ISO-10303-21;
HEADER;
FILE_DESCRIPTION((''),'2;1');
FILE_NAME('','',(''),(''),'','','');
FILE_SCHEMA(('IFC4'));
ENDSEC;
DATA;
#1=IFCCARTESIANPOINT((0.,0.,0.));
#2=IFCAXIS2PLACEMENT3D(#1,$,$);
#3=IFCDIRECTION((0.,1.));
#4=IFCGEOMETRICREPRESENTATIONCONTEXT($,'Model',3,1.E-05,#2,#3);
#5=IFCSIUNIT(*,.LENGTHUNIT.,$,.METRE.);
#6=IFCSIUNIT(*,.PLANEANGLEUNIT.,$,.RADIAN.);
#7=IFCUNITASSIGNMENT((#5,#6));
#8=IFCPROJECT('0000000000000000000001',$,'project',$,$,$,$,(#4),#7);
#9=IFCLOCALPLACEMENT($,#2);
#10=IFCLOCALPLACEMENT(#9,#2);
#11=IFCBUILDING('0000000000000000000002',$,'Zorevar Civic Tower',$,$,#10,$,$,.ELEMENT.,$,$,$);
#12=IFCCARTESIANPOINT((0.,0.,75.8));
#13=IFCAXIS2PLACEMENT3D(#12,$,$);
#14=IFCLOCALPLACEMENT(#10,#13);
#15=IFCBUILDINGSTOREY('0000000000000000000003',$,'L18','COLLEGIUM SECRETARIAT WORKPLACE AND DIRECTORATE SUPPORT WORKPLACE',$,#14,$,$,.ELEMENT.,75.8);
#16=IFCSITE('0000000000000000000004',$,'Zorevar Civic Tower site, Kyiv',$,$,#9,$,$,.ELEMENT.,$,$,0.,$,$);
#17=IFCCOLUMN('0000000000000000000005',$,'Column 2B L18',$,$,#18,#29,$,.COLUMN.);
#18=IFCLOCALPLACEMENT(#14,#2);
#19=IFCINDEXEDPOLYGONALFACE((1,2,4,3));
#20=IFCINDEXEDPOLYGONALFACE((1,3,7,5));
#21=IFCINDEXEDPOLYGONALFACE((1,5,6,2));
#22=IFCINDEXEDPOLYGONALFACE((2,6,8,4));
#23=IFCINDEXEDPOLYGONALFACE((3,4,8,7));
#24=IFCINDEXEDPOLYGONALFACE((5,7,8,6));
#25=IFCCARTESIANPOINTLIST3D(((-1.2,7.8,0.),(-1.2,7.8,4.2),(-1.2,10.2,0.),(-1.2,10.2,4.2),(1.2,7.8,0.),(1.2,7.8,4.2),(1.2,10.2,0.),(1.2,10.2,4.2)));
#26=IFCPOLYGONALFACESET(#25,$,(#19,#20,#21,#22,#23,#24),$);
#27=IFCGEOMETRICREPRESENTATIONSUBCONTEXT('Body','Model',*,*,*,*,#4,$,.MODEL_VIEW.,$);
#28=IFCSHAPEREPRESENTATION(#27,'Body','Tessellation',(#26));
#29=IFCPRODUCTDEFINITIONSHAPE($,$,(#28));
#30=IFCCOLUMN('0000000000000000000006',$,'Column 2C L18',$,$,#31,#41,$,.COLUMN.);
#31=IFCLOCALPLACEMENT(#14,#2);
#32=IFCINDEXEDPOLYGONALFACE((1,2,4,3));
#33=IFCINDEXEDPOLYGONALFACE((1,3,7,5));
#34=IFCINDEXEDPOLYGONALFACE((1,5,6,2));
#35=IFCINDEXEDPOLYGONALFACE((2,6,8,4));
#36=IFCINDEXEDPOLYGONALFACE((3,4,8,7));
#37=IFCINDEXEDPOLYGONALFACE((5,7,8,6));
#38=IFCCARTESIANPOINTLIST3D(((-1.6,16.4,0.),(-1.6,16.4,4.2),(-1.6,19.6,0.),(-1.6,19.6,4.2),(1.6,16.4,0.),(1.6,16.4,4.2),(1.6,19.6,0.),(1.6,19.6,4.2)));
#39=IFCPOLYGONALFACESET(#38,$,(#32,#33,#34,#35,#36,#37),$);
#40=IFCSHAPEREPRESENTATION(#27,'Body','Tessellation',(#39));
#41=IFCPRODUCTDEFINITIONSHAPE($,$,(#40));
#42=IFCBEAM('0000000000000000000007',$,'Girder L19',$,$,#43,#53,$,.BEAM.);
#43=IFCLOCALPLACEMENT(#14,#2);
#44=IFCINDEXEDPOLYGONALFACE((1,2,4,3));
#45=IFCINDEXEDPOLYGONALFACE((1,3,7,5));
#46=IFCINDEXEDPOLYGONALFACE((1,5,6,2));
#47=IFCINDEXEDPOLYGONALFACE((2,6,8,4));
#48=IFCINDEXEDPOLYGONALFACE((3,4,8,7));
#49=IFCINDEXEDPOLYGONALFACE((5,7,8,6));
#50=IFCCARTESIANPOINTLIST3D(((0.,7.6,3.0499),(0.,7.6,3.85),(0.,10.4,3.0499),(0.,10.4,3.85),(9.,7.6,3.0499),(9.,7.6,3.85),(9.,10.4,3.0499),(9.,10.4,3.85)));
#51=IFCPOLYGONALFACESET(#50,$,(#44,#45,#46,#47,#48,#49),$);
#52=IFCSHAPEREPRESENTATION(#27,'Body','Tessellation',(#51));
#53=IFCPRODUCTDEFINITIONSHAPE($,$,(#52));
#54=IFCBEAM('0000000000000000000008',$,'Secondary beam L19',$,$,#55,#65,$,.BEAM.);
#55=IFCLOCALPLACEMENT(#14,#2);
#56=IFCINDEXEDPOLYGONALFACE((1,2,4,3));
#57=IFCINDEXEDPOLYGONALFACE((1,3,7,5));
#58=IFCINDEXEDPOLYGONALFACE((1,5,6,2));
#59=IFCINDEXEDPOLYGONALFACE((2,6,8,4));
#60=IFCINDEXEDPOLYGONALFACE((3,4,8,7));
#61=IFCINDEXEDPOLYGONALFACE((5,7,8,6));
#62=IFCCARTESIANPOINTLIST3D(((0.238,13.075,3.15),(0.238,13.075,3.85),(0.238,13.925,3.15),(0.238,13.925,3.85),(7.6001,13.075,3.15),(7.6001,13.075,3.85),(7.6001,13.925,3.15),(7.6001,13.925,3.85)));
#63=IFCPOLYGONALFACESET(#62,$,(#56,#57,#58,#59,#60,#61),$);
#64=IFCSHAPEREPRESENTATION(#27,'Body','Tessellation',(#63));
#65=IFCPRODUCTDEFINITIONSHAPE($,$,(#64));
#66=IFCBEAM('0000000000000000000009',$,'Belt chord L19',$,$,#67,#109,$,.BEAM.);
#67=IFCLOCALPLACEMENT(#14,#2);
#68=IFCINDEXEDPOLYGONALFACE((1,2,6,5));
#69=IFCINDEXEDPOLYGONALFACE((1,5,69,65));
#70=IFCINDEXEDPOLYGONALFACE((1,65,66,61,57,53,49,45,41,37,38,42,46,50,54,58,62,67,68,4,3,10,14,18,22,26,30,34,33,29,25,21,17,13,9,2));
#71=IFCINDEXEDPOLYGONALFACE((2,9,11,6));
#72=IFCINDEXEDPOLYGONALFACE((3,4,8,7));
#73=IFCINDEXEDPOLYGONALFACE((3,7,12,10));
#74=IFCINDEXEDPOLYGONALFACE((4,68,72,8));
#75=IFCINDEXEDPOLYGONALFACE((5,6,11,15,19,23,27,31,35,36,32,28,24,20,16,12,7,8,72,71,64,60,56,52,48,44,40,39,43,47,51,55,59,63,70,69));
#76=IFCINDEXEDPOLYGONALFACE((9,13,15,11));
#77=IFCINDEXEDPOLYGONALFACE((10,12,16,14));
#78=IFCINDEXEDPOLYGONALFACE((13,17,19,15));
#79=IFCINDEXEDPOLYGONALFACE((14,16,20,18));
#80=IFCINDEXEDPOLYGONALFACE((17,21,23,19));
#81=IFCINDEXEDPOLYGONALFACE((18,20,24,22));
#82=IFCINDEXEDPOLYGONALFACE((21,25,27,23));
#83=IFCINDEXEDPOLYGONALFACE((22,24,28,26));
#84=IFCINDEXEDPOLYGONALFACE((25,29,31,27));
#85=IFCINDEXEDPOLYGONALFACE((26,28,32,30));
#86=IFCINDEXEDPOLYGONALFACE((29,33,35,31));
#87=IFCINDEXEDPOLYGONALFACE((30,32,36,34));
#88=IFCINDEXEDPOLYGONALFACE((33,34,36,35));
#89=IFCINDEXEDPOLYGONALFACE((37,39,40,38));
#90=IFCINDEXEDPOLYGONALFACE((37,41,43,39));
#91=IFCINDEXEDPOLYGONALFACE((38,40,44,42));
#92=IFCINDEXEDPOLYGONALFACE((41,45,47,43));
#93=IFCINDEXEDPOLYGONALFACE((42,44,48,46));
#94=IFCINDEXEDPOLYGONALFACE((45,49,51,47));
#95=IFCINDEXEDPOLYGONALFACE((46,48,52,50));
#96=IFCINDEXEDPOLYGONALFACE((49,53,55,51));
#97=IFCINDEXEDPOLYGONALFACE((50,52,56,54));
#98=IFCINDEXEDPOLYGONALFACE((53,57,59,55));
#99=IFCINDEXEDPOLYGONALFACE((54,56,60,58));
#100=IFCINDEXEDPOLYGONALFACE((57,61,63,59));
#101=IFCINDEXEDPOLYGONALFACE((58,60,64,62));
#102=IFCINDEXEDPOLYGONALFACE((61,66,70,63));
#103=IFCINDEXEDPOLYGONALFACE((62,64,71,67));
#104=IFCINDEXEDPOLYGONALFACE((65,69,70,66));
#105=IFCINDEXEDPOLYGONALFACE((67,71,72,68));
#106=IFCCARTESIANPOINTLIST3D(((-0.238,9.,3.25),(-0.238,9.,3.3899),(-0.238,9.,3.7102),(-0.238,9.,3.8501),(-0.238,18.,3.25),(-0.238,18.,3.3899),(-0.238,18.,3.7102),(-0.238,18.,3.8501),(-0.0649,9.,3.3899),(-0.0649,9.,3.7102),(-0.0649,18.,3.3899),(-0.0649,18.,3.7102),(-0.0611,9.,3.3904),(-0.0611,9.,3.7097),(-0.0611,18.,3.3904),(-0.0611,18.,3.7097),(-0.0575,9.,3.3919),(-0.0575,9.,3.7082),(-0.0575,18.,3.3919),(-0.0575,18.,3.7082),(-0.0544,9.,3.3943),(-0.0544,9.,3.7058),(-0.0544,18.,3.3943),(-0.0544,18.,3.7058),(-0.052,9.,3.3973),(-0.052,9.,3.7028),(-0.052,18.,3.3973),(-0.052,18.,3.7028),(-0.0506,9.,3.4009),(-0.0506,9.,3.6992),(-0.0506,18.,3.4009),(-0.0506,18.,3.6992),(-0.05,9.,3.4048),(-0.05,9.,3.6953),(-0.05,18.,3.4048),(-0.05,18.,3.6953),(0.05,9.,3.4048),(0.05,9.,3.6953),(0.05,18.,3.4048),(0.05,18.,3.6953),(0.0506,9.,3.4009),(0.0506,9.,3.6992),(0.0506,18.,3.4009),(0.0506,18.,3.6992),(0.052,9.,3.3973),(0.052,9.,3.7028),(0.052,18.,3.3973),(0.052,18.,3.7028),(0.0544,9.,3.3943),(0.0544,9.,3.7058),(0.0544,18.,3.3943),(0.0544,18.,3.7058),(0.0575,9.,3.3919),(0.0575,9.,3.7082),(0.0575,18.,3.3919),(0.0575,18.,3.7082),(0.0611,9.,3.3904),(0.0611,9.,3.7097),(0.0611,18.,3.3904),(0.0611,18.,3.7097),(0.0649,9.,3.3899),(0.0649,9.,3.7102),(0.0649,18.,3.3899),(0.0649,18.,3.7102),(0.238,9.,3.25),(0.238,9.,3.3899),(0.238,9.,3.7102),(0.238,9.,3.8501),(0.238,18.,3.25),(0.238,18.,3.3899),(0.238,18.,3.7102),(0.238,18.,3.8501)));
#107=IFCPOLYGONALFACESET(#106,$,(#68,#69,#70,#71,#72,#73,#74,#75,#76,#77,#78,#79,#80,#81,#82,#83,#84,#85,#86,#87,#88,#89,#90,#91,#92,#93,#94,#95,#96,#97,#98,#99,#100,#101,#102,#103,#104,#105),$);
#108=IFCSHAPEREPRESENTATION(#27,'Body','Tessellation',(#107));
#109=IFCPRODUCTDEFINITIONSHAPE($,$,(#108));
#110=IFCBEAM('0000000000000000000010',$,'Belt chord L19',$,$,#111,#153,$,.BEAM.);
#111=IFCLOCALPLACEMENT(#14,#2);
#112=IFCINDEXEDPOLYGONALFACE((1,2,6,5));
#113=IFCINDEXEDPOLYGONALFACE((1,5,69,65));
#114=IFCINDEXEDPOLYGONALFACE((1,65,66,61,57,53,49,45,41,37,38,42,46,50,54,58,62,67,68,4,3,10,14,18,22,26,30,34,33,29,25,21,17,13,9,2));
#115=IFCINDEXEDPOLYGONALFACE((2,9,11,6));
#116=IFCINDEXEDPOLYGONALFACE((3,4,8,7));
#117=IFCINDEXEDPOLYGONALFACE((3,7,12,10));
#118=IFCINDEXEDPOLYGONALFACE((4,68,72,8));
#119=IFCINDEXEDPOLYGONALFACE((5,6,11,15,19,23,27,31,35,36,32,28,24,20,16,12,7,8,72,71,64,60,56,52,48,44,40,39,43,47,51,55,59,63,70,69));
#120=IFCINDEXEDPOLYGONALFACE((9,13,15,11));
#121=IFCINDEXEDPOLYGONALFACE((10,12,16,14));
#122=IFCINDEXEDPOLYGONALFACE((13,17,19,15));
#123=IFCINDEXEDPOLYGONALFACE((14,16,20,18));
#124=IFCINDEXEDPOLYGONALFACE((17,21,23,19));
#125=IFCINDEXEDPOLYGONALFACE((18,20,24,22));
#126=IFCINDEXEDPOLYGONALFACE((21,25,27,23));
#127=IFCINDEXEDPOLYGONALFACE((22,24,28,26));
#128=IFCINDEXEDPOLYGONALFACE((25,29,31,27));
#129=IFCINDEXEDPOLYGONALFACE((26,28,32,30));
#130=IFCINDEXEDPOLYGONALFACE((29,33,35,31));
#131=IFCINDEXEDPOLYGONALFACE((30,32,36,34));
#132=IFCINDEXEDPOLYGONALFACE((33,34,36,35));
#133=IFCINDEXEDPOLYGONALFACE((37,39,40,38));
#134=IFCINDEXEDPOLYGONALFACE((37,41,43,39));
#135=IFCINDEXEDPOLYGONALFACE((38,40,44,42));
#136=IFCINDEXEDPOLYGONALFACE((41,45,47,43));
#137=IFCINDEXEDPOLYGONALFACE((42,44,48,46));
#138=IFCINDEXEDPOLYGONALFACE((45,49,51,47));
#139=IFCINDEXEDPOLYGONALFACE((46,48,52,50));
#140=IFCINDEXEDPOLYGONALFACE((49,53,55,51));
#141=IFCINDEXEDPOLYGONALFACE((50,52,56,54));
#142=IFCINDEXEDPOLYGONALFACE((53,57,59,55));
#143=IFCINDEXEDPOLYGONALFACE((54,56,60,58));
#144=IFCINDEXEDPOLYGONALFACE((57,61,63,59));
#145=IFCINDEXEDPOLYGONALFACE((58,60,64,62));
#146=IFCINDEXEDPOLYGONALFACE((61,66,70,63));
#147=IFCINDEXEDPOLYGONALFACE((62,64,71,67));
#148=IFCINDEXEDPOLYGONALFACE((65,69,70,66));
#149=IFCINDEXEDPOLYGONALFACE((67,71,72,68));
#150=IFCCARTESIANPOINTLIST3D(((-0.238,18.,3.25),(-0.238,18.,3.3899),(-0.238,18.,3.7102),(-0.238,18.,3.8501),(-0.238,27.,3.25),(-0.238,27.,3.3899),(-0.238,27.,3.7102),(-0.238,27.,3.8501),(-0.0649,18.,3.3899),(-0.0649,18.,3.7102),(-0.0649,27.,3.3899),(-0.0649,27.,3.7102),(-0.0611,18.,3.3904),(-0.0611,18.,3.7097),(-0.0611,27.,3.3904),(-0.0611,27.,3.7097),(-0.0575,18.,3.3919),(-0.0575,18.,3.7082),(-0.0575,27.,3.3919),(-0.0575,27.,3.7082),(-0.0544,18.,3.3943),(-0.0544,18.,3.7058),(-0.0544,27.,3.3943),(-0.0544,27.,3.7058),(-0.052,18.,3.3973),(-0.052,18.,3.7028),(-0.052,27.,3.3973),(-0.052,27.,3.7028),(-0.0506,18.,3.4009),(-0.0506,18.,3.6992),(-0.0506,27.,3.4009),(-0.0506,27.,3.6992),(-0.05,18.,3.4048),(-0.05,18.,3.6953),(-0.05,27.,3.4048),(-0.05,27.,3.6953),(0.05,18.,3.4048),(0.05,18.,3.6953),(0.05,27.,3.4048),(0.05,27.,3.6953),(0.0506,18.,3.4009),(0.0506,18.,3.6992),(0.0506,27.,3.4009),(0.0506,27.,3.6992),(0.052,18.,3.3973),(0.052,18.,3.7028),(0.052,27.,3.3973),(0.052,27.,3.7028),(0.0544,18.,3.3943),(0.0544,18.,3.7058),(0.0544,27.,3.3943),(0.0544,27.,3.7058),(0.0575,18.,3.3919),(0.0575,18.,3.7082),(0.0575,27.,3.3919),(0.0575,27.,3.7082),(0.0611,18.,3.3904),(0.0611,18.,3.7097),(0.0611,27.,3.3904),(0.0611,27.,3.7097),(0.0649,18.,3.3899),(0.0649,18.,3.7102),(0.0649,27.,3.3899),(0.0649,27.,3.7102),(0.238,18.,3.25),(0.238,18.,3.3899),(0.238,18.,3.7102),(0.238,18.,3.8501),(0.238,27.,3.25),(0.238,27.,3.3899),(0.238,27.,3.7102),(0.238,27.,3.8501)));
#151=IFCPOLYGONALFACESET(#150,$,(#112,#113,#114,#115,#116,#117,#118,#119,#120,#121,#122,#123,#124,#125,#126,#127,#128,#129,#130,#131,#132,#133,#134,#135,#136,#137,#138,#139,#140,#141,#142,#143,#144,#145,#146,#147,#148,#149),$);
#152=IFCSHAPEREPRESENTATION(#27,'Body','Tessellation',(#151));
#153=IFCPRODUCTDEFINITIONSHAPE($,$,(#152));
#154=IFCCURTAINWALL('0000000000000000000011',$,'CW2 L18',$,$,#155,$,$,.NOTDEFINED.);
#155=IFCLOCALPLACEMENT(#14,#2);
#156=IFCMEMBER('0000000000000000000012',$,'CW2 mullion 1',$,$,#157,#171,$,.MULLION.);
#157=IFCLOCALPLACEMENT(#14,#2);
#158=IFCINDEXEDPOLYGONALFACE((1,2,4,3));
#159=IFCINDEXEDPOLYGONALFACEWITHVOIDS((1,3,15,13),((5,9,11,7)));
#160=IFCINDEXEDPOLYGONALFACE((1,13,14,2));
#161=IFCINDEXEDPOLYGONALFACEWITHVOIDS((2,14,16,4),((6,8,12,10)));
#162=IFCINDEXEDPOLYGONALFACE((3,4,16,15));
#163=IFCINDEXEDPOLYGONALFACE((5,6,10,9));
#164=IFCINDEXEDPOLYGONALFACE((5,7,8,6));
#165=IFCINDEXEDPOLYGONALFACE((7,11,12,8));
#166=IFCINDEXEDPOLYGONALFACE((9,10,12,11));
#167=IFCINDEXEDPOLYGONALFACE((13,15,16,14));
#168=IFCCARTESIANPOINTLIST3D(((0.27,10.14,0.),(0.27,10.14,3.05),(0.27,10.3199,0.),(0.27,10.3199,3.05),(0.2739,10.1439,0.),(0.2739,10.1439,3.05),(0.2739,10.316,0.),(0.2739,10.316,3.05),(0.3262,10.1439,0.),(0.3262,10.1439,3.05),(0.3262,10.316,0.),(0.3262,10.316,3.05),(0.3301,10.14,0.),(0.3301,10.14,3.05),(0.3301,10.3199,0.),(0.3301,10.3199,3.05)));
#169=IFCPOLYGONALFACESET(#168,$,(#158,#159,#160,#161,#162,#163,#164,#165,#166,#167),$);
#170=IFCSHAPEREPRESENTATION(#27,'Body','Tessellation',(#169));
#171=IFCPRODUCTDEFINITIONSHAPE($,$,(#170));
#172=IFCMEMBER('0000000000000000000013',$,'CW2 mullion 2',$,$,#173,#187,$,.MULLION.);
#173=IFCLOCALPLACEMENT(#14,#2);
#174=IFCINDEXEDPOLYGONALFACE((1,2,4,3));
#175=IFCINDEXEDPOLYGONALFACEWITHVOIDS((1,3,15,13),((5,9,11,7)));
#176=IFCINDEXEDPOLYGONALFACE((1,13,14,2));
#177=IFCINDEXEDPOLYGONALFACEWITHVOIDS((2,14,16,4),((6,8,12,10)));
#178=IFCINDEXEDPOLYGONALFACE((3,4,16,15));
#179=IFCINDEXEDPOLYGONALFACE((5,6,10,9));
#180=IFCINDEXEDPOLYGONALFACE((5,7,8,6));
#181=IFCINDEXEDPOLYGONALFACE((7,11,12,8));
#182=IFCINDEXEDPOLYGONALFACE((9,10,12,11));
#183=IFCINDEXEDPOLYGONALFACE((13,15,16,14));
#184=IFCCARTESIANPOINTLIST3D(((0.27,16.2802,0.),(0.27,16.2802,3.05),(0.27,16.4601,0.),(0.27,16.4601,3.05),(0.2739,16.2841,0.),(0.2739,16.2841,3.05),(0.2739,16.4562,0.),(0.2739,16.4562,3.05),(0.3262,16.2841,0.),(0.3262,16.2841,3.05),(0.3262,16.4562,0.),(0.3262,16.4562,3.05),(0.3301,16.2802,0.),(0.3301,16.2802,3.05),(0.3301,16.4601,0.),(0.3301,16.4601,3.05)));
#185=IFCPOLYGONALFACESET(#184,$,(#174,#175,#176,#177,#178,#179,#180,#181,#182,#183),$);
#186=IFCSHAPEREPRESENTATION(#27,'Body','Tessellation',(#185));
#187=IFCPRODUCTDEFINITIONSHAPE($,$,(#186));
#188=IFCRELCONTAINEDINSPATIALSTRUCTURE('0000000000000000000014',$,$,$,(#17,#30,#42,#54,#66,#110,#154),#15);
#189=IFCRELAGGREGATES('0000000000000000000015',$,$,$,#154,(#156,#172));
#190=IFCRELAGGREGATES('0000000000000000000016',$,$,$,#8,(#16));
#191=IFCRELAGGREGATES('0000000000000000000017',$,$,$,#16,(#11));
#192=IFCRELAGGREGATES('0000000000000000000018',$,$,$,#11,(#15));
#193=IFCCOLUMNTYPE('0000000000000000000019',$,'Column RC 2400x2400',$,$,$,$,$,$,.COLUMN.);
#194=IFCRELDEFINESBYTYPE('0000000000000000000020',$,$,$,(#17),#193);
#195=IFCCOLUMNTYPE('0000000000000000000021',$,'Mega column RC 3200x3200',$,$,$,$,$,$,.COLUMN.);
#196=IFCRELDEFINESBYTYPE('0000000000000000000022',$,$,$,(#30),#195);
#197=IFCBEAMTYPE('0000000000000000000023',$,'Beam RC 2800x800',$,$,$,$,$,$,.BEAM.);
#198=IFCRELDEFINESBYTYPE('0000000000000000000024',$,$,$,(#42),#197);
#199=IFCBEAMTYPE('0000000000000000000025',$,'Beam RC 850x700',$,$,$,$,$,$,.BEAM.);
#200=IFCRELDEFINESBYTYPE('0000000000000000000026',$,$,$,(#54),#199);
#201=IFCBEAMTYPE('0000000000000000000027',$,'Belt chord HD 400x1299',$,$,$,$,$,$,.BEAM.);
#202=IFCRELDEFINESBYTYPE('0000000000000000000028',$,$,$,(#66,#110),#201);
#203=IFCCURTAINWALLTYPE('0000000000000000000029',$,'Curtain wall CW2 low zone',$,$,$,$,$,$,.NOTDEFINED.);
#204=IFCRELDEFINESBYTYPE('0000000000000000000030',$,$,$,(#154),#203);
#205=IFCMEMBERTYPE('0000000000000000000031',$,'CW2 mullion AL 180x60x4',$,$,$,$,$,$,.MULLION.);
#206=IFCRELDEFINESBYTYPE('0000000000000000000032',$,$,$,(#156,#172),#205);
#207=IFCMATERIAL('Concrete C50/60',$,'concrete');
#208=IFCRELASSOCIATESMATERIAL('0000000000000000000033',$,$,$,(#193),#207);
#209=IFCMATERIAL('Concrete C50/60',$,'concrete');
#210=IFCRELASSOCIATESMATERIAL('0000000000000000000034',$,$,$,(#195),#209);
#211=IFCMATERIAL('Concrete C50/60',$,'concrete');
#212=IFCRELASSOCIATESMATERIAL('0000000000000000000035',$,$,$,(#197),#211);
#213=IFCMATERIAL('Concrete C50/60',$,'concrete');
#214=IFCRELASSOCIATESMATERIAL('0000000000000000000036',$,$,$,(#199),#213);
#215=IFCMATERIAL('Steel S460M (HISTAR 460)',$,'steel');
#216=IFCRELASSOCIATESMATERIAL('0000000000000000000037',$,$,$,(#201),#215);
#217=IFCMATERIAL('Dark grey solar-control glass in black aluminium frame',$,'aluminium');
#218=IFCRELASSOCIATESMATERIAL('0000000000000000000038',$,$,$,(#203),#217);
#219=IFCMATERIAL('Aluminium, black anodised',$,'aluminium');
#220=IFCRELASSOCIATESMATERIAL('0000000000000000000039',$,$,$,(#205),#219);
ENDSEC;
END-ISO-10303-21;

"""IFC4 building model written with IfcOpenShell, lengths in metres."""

from ifc_helpers import new_model, si_unit, direction, frame, origin, origin_2d, place, context, subcontext, project, spatial, rectangle, hollow_rectangle, i_section, extrude, material, material_profile, profile_set, type_object, element, aggregate, save


model = new_model("IFC4")

# Units and contexts
model_context = context("Model", 3, precision=1e-05, world=origin(), true_north=direction((0.0, 1.0)))
body_context = subcontext(model_context, "Body", "Model", "MODEL_VIEW")
ifc_project = project(units=[si_unit("LENGTHUNIT", "METRE"), si_unit("PLANEANGLEUNIT", "RADIAN")], contexts=[model_context])

# Site, building, storey
site_placement = place(None, origin())
site = spatial("IfcSite", under=ifc_project, at=site_placement, Name="Zorevar Civic Tower site, Kyiv", CompositionType="ELEMENT", RefElevation=0.0)
building_placement = place(site_placement, origin())
building = spatial("IfcBuilding", under=site, at=building_placement, Name="Zorevar Civic Tower", CompositionType="ELEMENT")
storey_placement = place(building_placement, frame((0.0, 0.0, 75.8)))
storey = spatial("IfcBuildingStorey", under=building, at=storey_placement, Name="L18", Description="COLLEGIUM SECRETARIAT WORKPLACE AND DIRECTORATE SUPPORT WORKPLACE", CompositionType="ELEMENT", Elevation=75.8)

# Columns
ifc_material_1 = material(Name="Concrete C50/60", Category="concrete")
ifc_material_profile_1 = material_profile(ifc_material_1, rectangle(XDim=2.3999, YDim=2.3999, at=origin_2d()), Name="RC 2400x2400")
ifc_profile_set_1 = profile_set([ifc_material_profile_1], Name="Concrete C50/60")
column_type_1 = type_object("IfcColumnType", Name="Column RC 2400x2400", PredefinedType="COLUMN", material=ifc_profile_set_1)
column_1_placement = place(storey_placement, frame((0.0, 9.0, 0.0), z_axis=(0.0, 0.0, 1.0), x_axis=(1.0, 0.0, 0.0)))
element("IfcColumn", 1, at=column_1_placement, inside=storey, type_object=column_type_1, Name="Column 2B L18", PredefinedType="COLUMN", context=body_context, shape_type="SweptSolid", body=[
    extrude(rectangle(XDim=2.3999, YDim=2.3999, at=origin_2d()), origin(), (0.0, 0.0, 1.0), 4.2),
])
ifc_material_2 = material(Name="Concrete C50/60", Category="concrete")
ifc_material_profile_2 = material_profile(ifc_material_2, rectangle(XDim=3.2, YDim=3.2, at=origin_2d()), Name="RC 3200x3200")
ifc_profile_set_2 = profile_set([ifc_material_profile_2], Name="Concrete C50/60")
column_type_2 = type_object("IfcColumnType", Name="Mega column RC 3200x3200", PredefinedType="COLUMN", material=ifc_profile_set_2)
column_2_placement = place(storey_placement, frame((0.0, 18.0, 0.0), z_axis=(0.0, 0.0, 1.0), x_axis=(1.0, 0.0, 0.0)))
element("IfcColumn", 2, at=column_2_placement, inside=storey, type_object=column_type_2, Name="Column 2C L18", PredefinedType="COLUMN", context=body_context, shape_type="SweptSolid", body=[
    extrude(rectangle(XDim=3.2, YDim=3.2, at=origin_2d()), origin(), (0.0, 0.0, 1.0), 4.2),
])

# Beams
ifc_material_3 = material(Name="Concrete C50/60", Category="concrete")
ifc_material_profile_3 = material_profile(ifc_material_3, rectangle(XDim=2.8, YDim=0.8, at=origin_2d()), Name="RC 2800x800")
ifc_profile_set_3 = profile_set([ifc_material_profile_3], Name="Concrete C50/60")
beam_type_1 = type_object("IfcBeamType", Name="Beam RC 2800x800", PredefinedType="BEAM", material=ifc_profile_set_3)
beam_1_placement = place(storey_placement, frame((0.0, 9.0, 3.45), z_axis=(1.0, 0.0, 0.0), x_axis=(0.0, 1.0, 0.0)))
element("IfcBeam", 3, at=beam_1_placement, inside=storey, type_object=beam_type_1, Name="Girder L19", PredefinedType="BEAM", context=body_context, shape_type="SweptSolid", body=[
    extrude(rectangle(XDim=2.8, YDim=0.8, at=origin_2d()), origin(), (0.0, 0.0, 1.0), 9.0),
])
ifc_material_4 = material(Name="Concrete C50/60", Category="concrete")
ifc_material_profile_4 = material_profile(ifc_material_4, rectangle(XDim=0.8501, YDim=0.7, at=origin_2d()), Name="RC 850x700")
ifc_profile_set_4 = profile_set([ifc_material_profile_4], Name="Concrete C50/60")
beam_type_2 = type_object("IfcBeamType", Name="Beam RC 850x700", PredefinedType="BEAM", material=ifc_profile_set_4)
beam_2_placement = place(storey_placement, frame((0.238, 13.5, 3.5), z_axis=(1.0, 0.0, 0.0), x_axis=(0.0, 1.0, 0.0)))
element("IfcBeam", 4, at=beam_2_placement, inside=storey, type_object=beam_type_2, Name="Secondary beam L19", PredefinedType="BEAM", context=body_context, shape_type="SweptSolid", body=[
    extrude(rectangle(XDim=0.8501, YDim=0.7, at=origin_2d()), origin(), (0.0, 0.0, 1.0), 7.3621),
])
ifc_material_5 = material(Name="Steel S460M (HISTAR 460)", Category="steel")
ifc_material_profile_5 = material_profile(ifc_material_5, i_section(OverallWidth=0.4761, OverallDepth=0.6001, WebThickness=0.1001, FlangeThickness=0.1399, FilletRadius=0.0149, at=origin_2d()), Name="HD 400x1299")
ifc_profile_set_5 = profile_set([ifc_material_profile_5], Name="Steel S460M (HISTAR 460)")
beam_type_3 = type_object("IfcBeamType", Name="Belt chord HD 400x1299", PredefinedType="BEAM", material=ifc_profile_set_5)
for number, where, z_axis, x_axis, name in (
    (5, (0.0, 9.0, 3.55), (0.0, 1.0, 0.0), (-1.0, 0.0, 0.0), "Belt chord L19"),
    (6, (0.0, 18.0, 3.55), (0.0, 1.0, 0.0), (-1.0, 0.0, 0.0), "Belt chord L19"),
):
    element("IfcBeam", number, at=place(storey_placement, frame(where, z_axis=z_axis, x_axis=x_axis)), inside=storey, type_object=beam_type_3, Name=name, PredefinedType="BEAM", context=body_context, shape_type="SweptSolid", body=[
        extrude(i_section(OverallWidth=0.4761, OverallDepth=0.6001, WebThickness=0.1001, FlangeThickness=0.1399, FilletRadius=0.0149, at=origin_2d()), origin(), (0.0, 0.0, 1.0), 9.0),
    ])

# Curtain wall, members
ifc_material_6 = material(Name="Dark grey solar-control glass in black aluminium frame", Category="aluminium")
curtain_wall_type = type_object("IfcCurtainWallType", Name="Curtain wall CW2 low zone", PredefinedType="NOTDEFINED", material=ifc_material_6)
curtain_wall_placement = place(storey_placement, origin())
curtain_wall = element("IfcCurtainWall", 7, at=curtain_wall_placement, inside=storey, type_object=curtain_wall_type, Name="CW2 L18", PredefinedType="NOTDEFINED")
ifc_material_7 = material(Name="Aluminium, black anodised", Category="aluminium")
ifc_material_profile_6 = material_profile(ifc_material_7, hollow_rectangle(XDim=0.0601, YDim=0.1799, WallThickness=0.0039, at=origin_2d()), Name="AL 180x60x4")
ifc_profile_set_6 = profile_set([ifc_material_profile_6], Name="Aluminium, black anodised")
member_type_1 = type_object("IfcMemberType", Name="CW2 mullion AL 180x60x4", PredefinedType="MULLION", material=ifc_profile_set_6)
member_1_placement = place(storey_placement, frame((0.3, 10.23, 0.0), z_axis=(0.0, 0.0, 1.0), x_axis=(-1.0, 0.0, 0.0)))
member_1 = element("IfcMember", 8, at=member_1_placement, type_object=member_type_1, Name="CW2 mullion 1", PredefinedType="MULLION", context=body_context, shape_type="SweptSolid", body=[
    extrude(hollow_rectangle(XDim=0.0601, YDim=0.1799, WallThickness=0.0039, at=origin_2d()), origin(), (0.0, 0.0, 1.0), 3.05),
])
member_2_placement = place(storey_placement, frame((0.3, 16.3701, 0.0), z_axis=(0.0, 0.0, 1.0), x_axis=(-1.0, 0.0, 0.0)))
member_2 = element("IfcMember", 9, at=member_2_placement, type_object=member_type_1, Name="CW2 mullion 2", PredefinedType="MULLION", context=body_context, shape_type="SweptSolid", body=[
    extrude(hollow_rectangle(XDim=0.0601, YDim=0.1799, WallThickness=0.0039, at=origin_2d()), origin(), (0.0, 0.0, 1.0), 3.05),
])

aggregate(curtain_wall, [member_1, member_2])

save(model, "model.ifc")
